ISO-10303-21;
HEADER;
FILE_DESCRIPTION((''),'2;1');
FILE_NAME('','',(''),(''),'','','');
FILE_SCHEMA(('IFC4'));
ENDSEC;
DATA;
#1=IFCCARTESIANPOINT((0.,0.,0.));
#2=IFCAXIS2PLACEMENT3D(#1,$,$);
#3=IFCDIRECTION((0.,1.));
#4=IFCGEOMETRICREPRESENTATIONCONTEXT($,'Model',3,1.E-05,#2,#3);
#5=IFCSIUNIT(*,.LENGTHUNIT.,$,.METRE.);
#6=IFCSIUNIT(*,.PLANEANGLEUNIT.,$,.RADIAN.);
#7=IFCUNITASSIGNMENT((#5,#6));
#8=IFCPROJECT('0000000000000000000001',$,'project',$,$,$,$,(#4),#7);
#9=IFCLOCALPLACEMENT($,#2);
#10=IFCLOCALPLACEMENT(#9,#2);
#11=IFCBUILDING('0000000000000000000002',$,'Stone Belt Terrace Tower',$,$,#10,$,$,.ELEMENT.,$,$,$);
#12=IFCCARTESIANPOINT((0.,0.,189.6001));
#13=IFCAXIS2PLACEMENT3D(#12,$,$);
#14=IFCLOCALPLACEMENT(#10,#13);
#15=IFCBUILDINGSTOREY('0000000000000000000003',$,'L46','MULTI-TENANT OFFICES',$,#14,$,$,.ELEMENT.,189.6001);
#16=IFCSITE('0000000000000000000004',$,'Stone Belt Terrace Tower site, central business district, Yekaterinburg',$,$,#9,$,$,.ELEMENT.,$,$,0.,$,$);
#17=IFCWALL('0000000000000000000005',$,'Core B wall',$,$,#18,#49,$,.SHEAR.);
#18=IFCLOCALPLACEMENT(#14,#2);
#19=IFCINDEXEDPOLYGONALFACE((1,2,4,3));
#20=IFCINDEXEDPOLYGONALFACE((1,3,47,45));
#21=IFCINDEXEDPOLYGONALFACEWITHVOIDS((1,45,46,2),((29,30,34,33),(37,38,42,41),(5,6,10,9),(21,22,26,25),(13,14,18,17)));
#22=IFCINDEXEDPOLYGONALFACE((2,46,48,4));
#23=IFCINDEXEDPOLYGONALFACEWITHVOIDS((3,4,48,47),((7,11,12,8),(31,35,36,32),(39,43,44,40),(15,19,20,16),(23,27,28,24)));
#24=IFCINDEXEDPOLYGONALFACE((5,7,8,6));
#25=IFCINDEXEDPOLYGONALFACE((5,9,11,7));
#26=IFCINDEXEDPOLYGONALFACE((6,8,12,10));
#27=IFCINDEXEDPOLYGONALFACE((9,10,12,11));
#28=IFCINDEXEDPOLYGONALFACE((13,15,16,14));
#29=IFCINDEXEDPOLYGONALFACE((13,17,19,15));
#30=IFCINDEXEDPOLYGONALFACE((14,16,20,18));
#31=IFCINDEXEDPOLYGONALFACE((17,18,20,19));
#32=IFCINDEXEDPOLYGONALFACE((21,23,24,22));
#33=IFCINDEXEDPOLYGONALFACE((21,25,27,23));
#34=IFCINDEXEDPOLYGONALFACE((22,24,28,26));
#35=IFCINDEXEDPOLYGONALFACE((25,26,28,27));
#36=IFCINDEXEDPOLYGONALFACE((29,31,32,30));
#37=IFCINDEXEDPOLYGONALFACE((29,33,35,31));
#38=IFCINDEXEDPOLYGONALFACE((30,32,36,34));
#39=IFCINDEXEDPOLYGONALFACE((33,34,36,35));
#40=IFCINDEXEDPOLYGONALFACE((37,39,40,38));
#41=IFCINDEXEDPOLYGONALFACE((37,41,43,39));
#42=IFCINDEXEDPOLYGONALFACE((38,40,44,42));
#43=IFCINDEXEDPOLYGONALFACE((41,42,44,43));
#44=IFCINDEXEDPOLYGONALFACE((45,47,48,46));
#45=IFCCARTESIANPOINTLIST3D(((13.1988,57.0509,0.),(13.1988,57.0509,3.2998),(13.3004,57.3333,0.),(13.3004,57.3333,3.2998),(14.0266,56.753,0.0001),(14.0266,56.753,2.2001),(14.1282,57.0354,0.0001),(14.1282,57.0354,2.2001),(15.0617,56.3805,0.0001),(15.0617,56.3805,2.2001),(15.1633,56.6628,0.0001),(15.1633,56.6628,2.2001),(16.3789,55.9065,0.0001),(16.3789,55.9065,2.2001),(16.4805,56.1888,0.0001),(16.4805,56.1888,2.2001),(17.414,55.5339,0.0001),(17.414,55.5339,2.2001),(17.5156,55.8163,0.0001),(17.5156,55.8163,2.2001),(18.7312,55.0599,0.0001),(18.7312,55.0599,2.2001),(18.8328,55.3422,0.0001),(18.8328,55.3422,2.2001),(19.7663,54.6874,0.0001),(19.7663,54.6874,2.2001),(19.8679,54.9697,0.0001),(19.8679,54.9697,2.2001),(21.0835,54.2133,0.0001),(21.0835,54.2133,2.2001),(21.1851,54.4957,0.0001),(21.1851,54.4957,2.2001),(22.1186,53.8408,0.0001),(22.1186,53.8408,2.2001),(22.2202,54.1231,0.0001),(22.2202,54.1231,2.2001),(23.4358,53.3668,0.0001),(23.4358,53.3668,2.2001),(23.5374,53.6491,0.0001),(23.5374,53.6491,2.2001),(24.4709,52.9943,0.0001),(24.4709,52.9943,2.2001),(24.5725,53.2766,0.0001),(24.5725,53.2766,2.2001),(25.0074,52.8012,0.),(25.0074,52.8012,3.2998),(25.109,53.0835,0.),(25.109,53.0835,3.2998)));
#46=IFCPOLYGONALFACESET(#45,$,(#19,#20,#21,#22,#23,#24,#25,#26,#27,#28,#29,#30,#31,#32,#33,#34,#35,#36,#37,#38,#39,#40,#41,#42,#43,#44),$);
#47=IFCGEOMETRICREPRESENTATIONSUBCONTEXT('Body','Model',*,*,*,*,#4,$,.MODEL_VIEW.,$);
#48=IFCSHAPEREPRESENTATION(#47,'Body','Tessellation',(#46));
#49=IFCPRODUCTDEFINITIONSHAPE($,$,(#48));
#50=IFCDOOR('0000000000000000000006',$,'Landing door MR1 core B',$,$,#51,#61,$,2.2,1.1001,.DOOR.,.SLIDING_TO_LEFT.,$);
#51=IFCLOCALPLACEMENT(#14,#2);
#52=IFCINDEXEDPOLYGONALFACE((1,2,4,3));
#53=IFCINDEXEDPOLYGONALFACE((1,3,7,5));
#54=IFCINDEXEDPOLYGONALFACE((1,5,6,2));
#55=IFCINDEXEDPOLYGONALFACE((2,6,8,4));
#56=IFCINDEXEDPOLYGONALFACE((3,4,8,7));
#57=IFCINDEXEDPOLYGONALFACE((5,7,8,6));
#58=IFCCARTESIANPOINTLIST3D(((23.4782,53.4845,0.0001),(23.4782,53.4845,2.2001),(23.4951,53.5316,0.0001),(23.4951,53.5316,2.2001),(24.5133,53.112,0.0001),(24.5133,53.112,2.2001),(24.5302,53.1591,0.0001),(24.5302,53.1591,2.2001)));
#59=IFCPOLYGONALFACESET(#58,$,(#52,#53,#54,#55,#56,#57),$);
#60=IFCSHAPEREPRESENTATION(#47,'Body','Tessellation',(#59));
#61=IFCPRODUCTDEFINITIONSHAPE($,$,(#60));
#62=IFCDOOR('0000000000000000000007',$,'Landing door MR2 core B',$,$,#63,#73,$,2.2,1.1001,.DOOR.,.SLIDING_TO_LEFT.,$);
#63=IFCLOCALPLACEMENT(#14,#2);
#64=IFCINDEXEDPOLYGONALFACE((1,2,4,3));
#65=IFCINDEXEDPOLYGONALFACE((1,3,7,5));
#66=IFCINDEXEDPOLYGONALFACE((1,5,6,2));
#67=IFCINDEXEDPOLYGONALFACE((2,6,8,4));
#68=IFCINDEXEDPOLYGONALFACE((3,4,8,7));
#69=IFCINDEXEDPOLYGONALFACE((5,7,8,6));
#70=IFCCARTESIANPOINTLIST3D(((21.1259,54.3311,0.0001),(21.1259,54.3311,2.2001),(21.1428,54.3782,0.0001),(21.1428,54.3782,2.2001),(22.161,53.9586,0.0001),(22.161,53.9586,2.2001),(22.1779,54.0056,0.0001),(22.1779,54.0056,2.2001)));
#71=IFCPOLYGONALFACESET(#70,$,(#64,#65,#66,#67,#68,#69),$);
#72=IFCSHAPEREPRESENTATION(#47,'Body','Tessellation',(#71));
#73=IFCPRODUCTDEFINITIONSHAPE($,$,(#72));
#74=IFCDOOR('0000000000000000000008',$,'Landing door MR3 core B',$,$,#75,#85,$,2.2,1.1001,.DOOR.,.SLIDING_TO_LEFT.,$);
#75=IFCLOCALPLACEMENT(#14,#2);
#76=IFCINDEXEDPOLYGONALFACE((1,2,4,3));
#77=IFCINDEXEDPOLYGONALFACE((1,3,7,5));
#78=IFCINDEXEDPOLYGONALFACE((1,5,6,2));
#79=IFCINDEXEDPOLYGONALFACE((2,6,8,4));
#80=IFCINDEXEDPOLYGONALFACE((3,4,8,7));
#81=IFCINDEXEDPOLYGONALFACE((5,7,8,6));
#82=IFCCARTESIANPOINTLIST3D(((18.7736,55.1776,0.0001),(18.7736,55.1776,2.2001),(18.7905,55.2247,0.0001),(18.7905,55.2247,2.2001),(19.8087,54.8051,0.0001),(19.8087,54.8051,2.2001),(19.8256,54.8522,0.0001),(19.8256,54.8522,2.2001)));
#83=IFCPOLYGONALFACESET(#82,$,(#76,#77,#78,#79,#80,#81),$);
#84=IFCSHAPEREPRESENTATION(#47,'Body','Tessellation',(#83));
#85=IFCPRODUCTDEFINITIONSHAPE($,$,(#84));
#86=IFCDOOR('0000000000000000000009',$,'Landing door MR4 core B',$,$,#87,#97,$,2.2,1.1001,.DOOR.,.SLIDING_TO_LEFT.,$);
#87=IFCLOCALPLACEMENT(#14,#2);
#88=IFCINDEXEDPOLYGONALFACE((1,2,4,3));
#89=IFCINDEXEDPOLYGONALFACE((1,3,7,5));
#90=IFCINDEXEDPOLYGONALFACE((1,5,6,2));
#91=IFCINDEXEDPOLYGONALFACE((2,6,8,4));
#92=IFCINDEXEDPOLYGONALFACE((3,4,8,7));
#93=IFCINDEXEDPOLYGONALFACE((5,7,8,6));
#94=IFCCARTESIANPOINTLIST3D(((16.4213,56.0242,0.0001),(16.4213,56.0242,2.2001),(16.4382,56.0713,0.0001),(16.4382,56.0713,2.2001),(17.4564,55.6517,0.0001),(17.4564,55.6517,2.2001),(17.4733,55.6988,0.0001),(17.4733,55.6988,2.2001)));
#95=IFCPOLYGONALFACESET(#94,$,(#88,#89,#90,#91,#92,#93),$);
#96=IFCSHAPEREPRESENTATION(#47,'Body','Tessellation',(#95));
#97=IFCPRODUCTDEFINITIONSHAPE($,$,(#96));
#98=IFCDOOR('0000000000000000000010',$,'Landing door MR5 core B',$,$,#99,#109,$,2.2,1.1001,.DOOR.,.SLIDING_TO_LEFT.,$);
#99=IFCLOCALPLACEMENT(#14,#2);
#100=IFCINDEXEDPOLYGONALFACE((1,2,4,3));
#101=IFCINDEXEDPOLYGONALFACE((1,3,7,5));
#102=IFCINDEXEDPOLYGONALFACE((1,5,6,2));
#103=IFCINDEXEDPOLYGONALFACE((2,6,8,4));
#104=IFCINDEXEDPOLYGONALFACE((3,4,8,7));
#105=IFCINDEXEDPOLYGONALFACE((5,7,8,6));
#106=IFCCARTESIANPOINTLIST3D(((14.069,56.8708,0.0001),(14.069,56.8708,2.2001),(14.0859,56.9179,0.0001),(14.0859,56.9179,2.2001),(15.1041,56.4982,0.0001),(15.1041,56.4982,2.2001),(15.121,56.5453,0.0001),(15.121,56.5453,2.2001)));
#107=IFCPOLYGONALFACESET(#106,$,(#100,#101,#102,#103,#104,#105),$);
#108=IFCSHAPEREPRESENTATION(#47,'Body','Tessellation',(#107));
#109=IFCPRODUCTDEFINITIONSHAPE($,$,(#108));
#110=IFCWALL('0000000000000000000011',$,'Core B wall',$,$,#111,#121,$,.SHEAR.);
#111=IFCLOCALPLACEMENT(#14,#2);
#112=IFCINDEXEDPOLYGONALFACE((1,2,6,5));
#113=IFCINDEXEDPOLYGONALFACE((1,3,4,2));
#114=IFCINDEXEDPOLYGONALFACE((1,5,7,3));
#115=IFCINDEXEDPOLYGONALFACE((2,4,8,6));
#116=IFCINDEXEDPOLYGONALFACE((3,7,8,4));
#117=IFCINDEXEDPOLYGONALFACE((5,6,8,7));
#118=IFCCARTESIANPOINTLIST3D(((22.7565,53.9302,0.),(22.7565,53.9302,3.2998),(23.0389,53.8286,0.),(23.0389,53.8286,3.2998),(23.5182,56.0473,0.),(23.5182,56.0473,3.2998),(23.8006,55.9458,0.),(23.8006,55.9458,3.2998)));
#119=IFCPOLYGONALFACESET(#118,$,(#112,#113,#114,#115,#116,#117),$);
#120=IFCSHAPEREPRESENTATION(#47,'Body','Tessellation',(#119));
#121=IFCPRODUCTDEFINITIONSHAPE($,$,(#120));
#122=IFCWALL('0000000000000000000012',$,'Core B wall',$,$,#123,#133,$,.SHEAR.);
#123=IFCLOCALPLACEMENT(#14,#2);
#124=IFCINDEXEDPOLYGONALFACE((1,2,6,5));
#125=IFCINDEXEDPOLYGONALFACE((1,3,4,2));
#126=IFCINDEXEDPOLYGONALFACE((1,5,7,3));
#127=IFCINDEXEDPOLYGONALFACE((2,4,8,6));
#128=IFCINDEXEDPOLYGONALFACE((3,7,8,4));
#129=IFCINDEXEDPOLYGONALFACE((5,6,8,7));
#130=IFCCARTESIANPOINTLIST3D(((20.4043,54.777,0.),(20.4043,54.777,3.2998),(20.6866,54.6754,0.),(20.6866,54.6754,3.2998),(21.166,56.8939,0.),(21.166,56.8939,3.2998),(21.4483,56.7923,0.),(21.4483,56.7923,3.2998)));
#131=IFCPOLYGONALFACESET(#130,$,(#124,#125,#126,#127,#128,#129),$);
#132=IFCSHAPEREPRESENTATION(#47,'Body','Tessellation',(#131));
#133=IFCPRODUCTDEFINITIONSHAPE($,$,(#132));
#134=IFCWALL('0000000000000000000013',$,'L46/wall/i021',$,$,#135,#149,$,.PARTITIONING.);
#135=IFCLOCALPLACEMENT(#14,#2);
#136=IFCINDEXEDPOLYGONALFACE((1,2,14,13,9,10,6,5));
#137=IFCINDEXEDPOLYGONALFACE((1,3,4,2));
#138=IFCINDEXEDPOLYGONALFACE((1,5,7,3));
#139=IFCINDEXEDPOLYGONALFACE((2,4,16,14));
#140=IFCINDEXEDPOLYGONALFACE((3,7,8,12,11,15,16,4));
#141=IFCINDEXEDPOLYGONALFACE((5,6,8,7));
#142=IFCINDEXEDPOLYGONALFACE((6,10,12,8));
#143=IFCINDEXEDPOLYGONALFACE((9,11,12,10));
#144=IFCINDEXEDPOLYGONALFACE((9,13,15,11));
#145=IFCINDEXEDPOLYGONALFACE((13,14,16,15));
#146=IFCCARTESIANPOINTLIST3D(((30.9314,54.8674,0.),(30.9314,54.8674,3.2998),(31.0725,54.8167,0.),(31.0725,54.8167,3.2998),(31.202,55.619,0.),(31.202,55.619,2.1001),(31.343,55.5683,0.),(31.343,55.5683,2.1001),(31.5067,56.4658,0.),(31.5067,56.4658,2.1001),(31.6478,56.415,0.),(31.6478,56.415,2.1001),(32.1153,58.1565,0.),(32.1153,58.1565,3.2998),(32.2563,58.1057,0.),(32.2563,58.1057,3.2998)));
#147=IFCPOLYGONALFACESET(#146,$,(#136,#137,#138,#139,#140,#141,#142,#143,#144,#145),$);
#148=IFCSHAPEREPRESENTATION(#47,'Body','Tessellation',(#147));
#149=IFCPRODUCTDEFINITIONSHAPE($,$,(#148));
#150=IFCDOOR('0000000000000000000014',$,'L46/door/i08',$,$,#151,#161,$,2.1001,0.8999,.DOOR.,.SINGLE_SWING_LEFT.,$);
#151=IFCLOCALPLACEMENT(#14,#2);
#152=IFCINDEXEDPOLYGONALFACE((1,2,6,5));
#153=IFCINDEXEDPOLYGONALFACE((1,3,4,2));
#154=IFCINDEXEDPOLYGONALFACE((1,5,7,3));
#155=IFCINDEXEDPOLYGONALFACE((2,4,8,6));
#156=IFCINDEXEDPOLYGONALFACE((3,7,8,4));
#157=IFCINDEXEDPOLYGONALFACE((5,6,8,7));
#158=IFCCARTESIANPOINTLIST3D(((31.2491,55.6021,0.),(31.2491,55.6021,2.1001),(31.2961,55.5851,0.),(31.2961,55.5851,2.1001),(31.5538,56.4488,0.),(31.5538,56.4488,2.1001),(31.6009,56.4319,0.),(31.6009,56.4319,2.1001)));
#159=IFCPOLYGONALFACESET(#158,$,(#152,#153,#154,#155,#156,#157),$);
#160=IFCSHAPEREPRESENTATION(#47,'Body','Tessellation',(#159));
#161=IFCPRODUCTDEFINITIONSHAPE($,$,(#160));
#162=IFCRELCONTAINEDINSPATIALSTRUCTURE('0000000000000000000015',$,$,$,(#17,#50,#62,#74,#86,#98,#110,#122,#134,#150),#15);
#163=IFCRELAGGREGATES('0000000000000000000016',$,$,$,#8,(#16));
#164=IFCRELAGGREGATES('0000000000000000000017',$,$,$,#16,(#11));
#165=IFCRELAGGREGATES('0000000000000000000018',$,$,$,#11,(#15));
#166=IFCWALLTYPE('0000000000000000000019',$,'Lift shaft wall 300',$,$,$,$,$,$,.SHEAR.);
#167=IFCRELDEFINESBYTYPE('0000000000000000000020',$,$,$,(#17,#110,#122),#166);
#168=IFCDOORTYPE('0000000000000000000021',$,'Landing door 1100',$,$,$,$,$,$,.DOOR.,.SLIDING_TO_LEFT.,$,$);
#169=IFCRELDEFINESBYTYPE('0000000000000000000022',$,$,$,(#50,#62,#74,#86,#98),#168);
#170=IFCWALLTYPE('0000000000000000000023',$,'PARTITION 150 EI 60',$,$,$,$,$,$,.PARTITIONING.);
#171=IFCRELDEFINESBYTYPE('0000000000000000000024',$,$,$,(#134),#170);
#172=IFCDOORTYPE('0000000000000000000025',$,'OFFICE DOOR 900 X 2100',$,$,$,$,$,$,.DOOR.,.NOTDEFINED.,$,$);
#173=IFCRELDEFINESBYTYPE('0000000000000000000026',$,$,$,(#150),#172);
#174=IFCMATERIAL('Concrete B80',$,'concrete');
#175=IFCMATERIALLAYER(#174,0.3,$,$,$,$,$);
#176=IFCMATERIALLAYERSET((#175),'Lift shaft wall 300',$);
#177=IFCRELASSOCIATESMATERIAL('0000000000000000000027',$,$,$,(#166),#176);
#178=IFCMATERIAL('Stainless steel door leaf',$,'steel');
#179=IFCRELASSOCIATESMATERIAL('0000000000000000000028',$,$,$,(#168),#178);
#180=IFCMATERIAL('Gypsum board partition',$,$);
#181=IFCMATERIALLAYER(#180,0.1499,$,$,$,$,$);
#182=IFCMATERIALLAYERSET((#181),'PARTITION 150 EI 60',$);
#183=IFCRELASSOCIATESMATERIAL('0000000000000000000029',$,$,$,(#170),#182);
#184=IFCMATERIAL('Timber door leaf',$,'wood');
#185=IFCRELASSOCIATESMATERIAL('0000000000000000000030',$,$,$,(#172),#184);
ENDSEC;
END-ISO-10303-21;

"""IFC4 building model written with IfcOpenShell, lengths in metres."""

from ifc_helpers import new_model, si_unit, direction, frame, frame_2d, origin, place, context, subcontext, project, spatial, rectangle, extrude, material, layer, layer_set, type_object, element, fill, save


model = new_model("IFC4")

# Units and contexts
model_context = context("Model", 3, precision=1e-05, world=origin(), true_north=direction((0.0, 1.0)))
body_context = subcontext(model_context, "Body", "Model", "MODEL_VIEW")
ifc_project = project(units=[si_unit("LENGTHUNIT", "METRE"), si_unit("PLANEANGLEUNIT", "RADIAN")], contexts=[model_context])

# Site, building, storey
site_placement = place(None, origin())
site = spatial("IfcSite", under=ifc_project, at=site_placement, Name="Stone Belt Terrace Tower site, central business district, Yekaterinburg", CompositionType="ELEMENT", RefElevation=0.0)
building_placement = place(site_placement, origin())
building = spatial("IfcBuilding", under=site, at=building_placement, Name="Stone Belt Terrace Tower", CompositionType="ELEMENT")
storey_placement = place(building_placement, frame((0.0, 0.0, 189.6001)))
storey = spatial("IfcBuildingStorey", under=building, at=storey_placement, Name="L46", Description="MULTI-TENANT OFFICES", CompositionType="ELEMENT", Elevation=189.6001)

# Shared definitions
ifc_material_1 = material(Name="Concrete B80", Category="concrete")

# Shared definitions
ifc_material_2 = material(Name="Timber door leaf", Category="wood")

# Shared definitions
ifc_layer_1 = layer(ifc_material_1, 0.3)
ifc_layer_set_1 = layer_set([ifc_layer_1], Name="Lift shaft wall 300")
wall_type_1 = type_object("IfcWallType", Name="Lift shaft wall 300", PredefinedType="SHEAR", material=ifc_layer_set_1)
ifc_material_3 = material(Name="Stainless steel door leaf", Category="steel")

# Wall, openings, doors
wall_1_placement = place(storey_placement, frame((25.0581, 52.9424, 0.0), z_axis=(0.0, 0.0, 1.0), x_axis=(-0.940921, 0.338625, 0.0)))
wall_1 = element("IfcWall", 1, at=wall_1_placement, inside=storey, type_object=wall_type_1, Name="Core B wall", PredefinedType="SHEAR", context=body_context, shape_type="SweptSolid", body=[
    extrude(rectangle(XDim=12.55, YDim=0.3, at=frame_2d((6.2749, 0.0))), origin(), (0.0, 0.0, 1.0), 3.2998),
])
opening_1_placement = place(wall_1_placement, frame((0.5701, 0.0, 0.0)))
opening_1 = element("IfcOpeningElement", 2, at=opening_1_placement, cuts=wall_1, PredefinedType="OPENING", context=body_context, shape_type="SweptSolid", body=[
    extrude(rectangle(XDim=1.1001, YDim=2.2, at=frame_2d((0.55, 1.1001))), frame((0.0, 0.1599, 0.0), z_axis=(0.0, -1.0, 0.0), x_axis=(1.0, 0.0, 0.0)), (0.0, 0.0, 1.0), 0.3201),
])
opening_2_placement = place(wall_1_placement, frame((3.0701, 0.0, 0.0)))
opening_2 = element("IfcOpeningElement", 3, at=opening_2_placement, cuts=wall_1, PredefinedType="OPENING", context=body_context, shape_type="SweptSolid", body=[
    extrude(rectangle(XDim=1.1001, YDim=2.2, at=frame_2d((0.55, 1.1001))), frame((0.0, 0.1599, 0.0), z_axis=(0.0, -1.0, 0.0), x_axis=(1.0, 0.0, 0.0)), (0.0, 0.0, 1.0), 0.3201),
])
opening_3_placement = place(wall_1_placement, frame((5.5701, 0.0, 0.0)))
opening_3 = element("IfcOpeningElement", 4, at=opening_3_placement, cuts=wall_1, PredefinedType="OPENING", context=body_context, shape_type="SweptSolid", body=[
    extrude(rectangle(XDim=1.1001, YDim=2.2, at=frame_2d((0.55, 1.1001))), frame((0.0, 0.1599, 0.0), z_axis=(0.0, -1.0, 0.0), x_axis=(1.0, 0.0, 0.0)), (0.0, 0.0, 1.0), 0.3201),
])
opening_4_placement = place(wall_1_placement, frame((8.0701, 0.0, 0.0)))
opening_4 = element("IfcOpeningElement", 5, at=opening_4_placement, cuts=wall_1, PredefinedType="OPENING", context=body_context, shape_type="SweptSolid", body=[
    extrude(rectangle(XDim=1.1001, YDim=2.2, at=frame_2d((0.55, 1.1001))), frame((0.0, 0.1599, 0.0), z_axis=(0.0, -1.0, 0.0), x_axis=(1.0, 0.0, 0.0)), (0.0, 0.0, 1.0), 0.3201),
])
opening_5_placement = place(wall_1_placement, frame((10.5701, 0.0, 0.0)))
opening_5 = element("IfcOpeningElement", 6, at=opening_5_placement, cuts=wall_1, PredefinedType="OPENING", context=body_context, shape_type="SweptSolid", body=[
    extrude(rectangle(XDim=1.1001, YDim=2.2, at=frame_2d((0.55, 1.1001))), frame((0.0, 0.1599, 0.0), z_axis=(0.0, -1.0, 0.0), x_axis=(1.0, 0.0, 0.0)), (0.0, 0.0, 1.0), 0.3201),
])
door_type_1 = type_object("IfcDoorType", Name="Landing door 1100", OperationType="SLIDING_TO_LEFT", PredefinedType="DOOR", material=ifc_material_3)
door_1_placement = place(opening_1_placement, origin())
door_1 = element("IfcDoor", 7, at=door_1_placement, inside=storey, type_object=door_type_1, Name="Landing door MR1 core B", OperationType="SLIDING_TO_LEFT", OverallHeight=2.2, OverallWidth=1.1001, PredefinedType="DOOR", context=body_context, shape_type="SweptSolid", body=[
    extrude(rectangle(XDim=1.1001, YDim=2.2, at=frame_2d((0.55, 1.1001))), frame((0.0, 0.0249, 0.0), z_axis=(0.0, -1.0, 0.0), x_axis=(1.0, 0.0, 0.0)), (0.0, 0.0, 1.0), 0.05),
])
fill(opening_1, door_1)
door_2_placement = place(opening_2_placement, origin())
door_2 = element("IfcDoor", 8, at=door_2_placement, inside=storey, type_object=door_type_1, Name="Landing door MR2 core B", OperationType="SLIDING_TO_LEFT", OverallHeight=2.2, OverallWidth=1.1001, PredefinedType="DOOR", context=body_context, shape_type="SweptSolid", body=[
    extrude(rectangle(XDim=1.1001, YDim=2.2, at=frame_2d((0.55, 1.1001))), frame((0.0, 0.0249, 0.0), z_axis=(0.0, -1.0, 0.0), x_axis=(1.0, 0.0, 0.0)), (0.0, 0.0, 1.0), 0.05),
])
fill(opening_2, door_2)
door_3_placement = place(opening_3_placement, origin())
door_3 = element("IfcDoor", 9, at=door_3_placement, inside=storey, type_object=door_type_1, Name="Landing door MR3 core B", OperationType="SLIDING_TO_LEFT", OverallHeight=2.2, OverallWidth=1.1001, PredefinedType="DOOR", context=body_context, shape_type="SweptSolid", body=[
    extrude(rectangle(XDim=1.1001, YDim=2.2, at=frame_2d((0.55, 1.1001))), frame((0.0, 0.0249, 0.0), z_axis=(0.0, -1.0, 0.0), x_axis=(1.0, 0.0, 0.0)), (0.0, 0.0, 1.0), 0.05),
])
fill(opening_3, door_3)
door_4_placement = place(opening_4_placement, origin())
door_4 = element("IfcDoor", 10, at=door_4_placement, inside=storey, type_object=door_type_1, Name="Landing door MR4 core B", OperationType="SLIDING_TO_LEFT", OverallHeight=2.2, OverallWidth=1.1001, PredefinedType="DOOR", context=body_context, shape_type="SweptSolid", body=[
    extrude(rectangle(XDim=1.1001, YDim=2.2, at=frame_2d((0.55, 1.1001))), frame((0.0, 0.0249, 0.0), z_axis=(0.0, -1.0, 0.0), x_axis=(1.0, 0.0, 0.0)), (0.0, 0.0, 1.0), 0.05),
])
fill(opening_4, door_4)
door_5_placement = place(opening_5_placement, origin())
door_5 = element("IfcDoor", 11, at=door_5_placement, inside=storey, type_object=door_type_1, Name="Landing door MR5 core B", OperationType="SLIDING_TO_LEFT", OverallHeight=2.2, OverallWidth=1.1001, PredefinedType="DOOR", context=body_context, shape_type="SweptSolid", body=[
    extrude(rectangle(XDim=1.1001, YDim=2.2, at=frame_2d((0.55, 1.1001))), frame((0.0, 0.0249, 0.0), z_axis=(0.0, -1.0, 0.0), x_axis=(1.0, 0.0, 0.0)), (0.0, 0.0, 1.0), 0.05),
])
fill(opening_5, door_5)

# Walls
wall_2_placement = place(storey_placement, frame((22.8977, 53.8794, 0.0), z_axis=(0.0, 0.0, 1.0), x_axis=(0.338535, 0.940954, 0.0)))
element("IfcWall", 12, at=wall_2_placement, inside=storey, type_object=wall_type_1, Name="Core B wall", PredefinedType="SHEAR", context=body_context, shape_type="SweptSolid", body=[
    extrude(rectangle(XDim=2.25, YDim=0.3, at=frame_2d((1.125, 0.0))), origin(), (0.0, 0.0, 1.0), 3.2998),
])
wall_3_placement = place(storey_placement, frame((20.5454, 54.7261, 0.0), z_axis=(0.0, 0.0, 1.0), x_axis=(0.33857, 0.940941, 0.0)))
element("IfcWall", 13, at=wall_3_placement, inside=storey, type_object=wall_type_1, Name="Core B wall", PredefinedType="SHEAR", context=body_context, shape_type="SweptSolid", body=[
    extrude(rectangle(XDim=2.2498, YDim=0.3, at=frame_2d((1.125, 0.0))), origin(), (0.0, 0.0, 1.0), 3.2998),
])

# Wall, opening, door
ifc_material_4 = material(Name="Gypsum board partition")
ifc_layer_2 = layer(ifc_material_4, 0.1499)
ifc_layer_set_2 = layer_set([ifc_layer_2], Name="PARTITION 150 EI 60")
wall_type_2 = type_object("IfcWallType", Name="PARTITION 150 EI 60", PredefinedType="PARTITIONING", material=ifc_layer_set_2)
wall_4_placement = place(storey_placement, frame((31.002, 54.842, 0.0), z_axis=(0.0, 0.0, 1.0), x_axis=(0.338663, 0.940908, 0.0)))
wall_4 = element("IfcWall", 14, at=wall_4_placement, inside=storey, type_object=wall_type_2, Name="L46/wall/i021", PredefinedType="PARTITIONING", context=body_context, shape_type="SweptSolid", body=[
    extrude(rectangle(XDim=3.4956, YDim=0.1499, at=frame_2d((1.7478, 0.0))), origin(), (0.0, 0.0, 1.0), 3.2998),
])
opening_6_placement = place(wall_4_placement, frame((0.7988, 0.0, 0.0)))
opening_6 = element("IfcOpeningElement", 15, at=opening_6_placement, cuts=wall_4, PredefinedType="OPENING", context=body_context, shape_type="SweptSolid", body=[
    extrude(rectangle(XDim=0.8999, YDim=2.1001, at=frame_2d((0.45, 1.05))), frame((0.0, 0.085, 0.0), z_axis=(0.0, -1.0, 0.0), x_axis=(1.0, 0.0, 0.0)), (0.0, 0.0, 1.0), 0.1699),
])
door_type_2 = type_object("IfcDoorType", Name="OFFICE DOOR 900 X 2100", OperationType="NOTDEFINED", PredefinedType="DOOR", material=ifc_material_2)
door_6_placement = place(opening_6_placement, origin())
door_6 = element("IfcDoor", 16, at=door_6_placement, inside=storey, type_object=door_type_2, Name="L46/door/i08", OperationType="SINGLE_SWING_LEFT", OverallHeight=2.1001, OverallWidth=0.8999, PredefinedType="DOOR", context=body_context, shape_type="SweptSolid", body=[
    extrude(rectangle(XDim=0.8999, YDim=2.1001, at=frame_2d((0.45, 1.05))), frame((0.0, 0.0249, 0.0), z_axis=(0.0, -1.0, 0.0), x_axis=(1.0, 0.0, 0.0)), (0.0, 0.0, 1.0), 0.05),
])
fill(opening_6, door_6)

save(model, "model.ifc")
